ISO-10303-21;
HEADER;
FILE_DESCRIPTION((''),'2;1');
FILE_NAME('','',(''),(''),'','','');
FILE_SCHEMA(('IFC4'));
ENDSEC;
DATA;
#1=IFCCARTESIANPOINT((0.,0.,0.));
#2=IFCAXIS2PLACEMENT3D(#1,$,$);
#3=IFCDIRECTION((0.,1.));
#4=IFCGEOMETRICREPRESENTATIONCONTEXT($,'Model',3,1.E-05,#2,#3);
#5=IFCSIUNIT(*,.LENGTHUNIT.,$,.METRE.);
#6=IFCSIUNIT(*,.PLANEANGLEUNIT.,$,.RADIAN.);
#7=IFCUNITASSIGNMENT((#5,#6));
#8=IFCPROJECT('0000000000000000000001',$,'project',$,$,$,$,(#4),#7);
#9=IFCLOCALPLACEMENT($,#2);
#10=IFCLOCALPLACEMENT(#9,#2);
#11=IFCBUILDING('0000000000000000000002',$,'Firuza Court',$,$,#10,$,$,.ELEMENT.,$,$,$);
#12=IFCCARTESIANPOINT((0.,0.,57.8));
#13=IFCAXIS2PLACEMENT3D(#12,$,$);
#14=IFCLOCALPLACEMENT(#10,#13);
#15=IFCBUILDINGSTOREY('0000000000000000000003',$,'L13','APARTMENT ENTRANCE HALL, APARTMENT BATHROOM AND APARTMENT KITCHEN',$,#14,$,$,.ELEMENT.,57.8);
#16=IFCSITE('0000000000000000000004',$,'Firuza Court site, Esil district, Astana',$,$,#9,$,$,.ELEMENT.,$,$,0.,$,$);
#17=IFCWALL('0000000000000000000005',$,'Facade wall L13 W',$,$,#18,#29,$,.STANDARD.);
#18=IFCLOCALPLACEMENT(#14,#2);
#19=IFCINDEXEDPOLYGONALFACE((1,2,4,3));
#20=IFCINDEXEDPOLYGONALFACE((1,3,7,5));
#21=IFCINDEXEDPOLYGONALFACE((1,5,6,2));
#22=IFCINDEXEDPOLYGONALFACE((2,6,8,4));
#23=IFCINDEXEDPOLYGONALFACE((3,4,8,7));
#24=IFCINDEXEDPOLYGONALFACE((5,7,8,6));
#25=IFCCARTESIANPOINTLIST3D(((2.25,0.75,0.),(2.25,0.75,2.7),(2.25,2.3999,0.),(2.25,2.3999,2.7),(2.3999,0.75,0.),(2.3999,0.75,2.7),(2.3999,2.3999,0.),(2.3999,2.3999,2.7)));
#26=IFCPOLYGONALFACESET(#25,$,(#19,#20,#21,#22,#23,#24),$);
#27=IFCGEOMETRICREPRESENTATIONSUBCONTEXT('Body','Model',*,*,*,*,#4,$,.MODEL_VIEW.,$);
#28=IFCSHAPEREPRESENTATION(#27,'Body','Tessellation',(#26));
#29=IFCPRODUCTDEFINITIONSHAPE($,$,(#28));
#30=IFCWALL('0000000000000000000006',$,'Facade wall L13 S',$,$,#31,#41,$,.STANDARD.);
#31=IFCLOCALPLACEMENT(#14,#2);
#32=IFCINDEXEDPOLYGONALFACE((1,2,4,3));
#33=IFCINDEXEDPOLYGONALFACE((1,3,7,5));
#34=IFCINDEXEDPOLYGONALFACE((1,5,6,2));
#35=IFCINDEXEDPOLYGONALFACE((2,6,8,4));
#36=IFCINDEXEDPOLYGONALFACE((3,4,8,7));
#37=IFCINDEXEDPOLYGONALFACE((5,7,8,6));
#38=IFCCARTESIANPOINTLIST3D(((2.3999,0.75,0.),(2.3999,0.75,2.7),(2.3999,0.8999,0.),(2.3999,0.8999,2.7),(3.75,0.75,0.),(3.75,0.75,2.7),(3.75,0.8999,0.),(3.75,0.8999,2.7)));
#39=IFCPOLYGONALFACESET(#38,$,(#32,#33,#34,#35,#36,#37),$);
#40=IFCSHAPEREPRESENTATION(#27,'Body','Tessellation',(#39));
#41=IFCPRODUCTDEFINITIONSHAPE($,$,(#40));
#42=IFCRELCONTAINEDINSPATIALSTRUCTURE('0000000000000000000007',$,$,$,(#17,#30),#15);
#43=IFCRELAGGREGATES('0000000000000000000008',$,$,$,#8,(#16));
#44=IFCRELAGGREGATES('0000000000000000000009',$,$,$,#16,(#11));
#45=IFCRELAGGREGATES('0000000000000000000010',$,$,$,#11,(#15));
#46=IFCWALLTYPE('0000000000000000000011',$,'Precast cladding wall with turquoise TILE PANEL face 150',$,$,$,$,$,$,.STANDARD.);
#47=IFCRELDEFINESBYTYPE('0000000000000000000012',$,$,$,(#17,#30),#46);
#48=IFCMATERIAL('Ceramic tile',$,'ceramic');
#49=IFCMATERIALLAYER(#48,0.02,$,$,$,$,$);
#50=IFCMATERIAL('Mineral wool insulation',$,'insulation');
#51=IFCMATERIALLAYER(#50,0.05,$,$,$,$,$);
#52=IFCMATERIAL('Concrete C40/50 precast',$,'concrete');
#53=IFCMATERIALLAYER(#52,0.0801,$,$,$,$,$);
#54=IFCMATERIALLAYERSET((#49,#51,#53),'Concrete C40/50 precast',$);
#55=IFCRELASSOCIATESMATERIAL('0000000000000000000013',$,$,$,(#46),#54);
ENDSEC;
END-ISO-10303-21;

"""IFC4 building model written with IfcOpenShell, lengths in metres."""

from ifc_helpers import new_model, si_unit, direction, frame, frame_2d, origin, place, context, subcontext, project, spatial, rectangle, extrude, material, layer, layer_set, type_object, element, save


model = new_model("IFC4")

# Units and contexts
model_context = context("Model", 3, precision=1e-05, world=origin(), true_north=direction((0.0, 1.0)))
body_context = subcontext(model_context, "Body", "Model", "MODEL_VIEW")
ifc_project = project(units=[si_unit("LENGTHUNIT", "METRE"), si_unit("PLANEANGLEUNIT", "RADIAN")], contexts=[model_context])

# Site, building, storey
site_placement = place(None, origin())
site = spatial("IfcSite", under=ifc_project, at=site_placement, Name="Firuza Court site, Esil district, Astana", CompositionType="ELEMENT", RefElevation=0.0)
building_placement = place(site_placement, origin())
building = spatial("IfcBuilding", under=site, at=building_placement, Name="Firuza Court", CompositionType="ELEMENT")
storey_placement = place(building_placement, frame((0.0, 0.0, 57.8)))
storey = spatial("IfcBuildingStorey", under=building, at=storey_placement, Name="L13", Description="APARTMENT ENTRANCE HALL, APARTMENT BATHROOM AND APARTMENT KITCHEN", CompositionType="ELEMENT", Elevation=57.8)

# Shared definitions
ifc_material_1 = material(Name="Concrete C40/50 precast", Category="concrete")

# Walls
ifc_material_2 = material(Name="Ceramic tile", Category="ceramic")
ifc_layer_1 = layer(ifc_material_2, 0.02)
ifc_material_3 = material(Name="Mineral wool insulation", Category="insulation")
ifc_layer_2 = layer(ifc_material_3, 0.05)
ifc_layer_3 = layer(ifc_material_1, 0.0801)
ifc_layer_set_1 = layer_set([ifc_layer_1, ifc_layer_2, ifc_layer_3], Name="Concrete C40/50 precast")
wall_type_1 = type_object("IfcWallType", Name="Precast cladding wall with turquoise TILE PANEL face 150", PredefinedType="STANDARD", material=ifc_layer_set_1)
wall_1_placement = place(storey_placement, frame((2.325, 2.3999, 0.0), z_axis=(0.0, 0.0, 1.0), x_axis=(0.0, -1.0, 0.0)))
element("IfcWall", 1, at=wall_1_placement, inside=storey, type_object=wall_type_1, Name="Facade wall L13 W", PredefinedType="STANDARD", context=body_context, shape_type="SweptSolid", body=[
    extrude(rectangle(XDim=1.6499, YDim=0.1499, at=frame_2d((0.825, 0.0))), origin(), (0.0, 0.0, 1.0), 2.7),
])
wall_2_placement = place(storey_placement, frame((2.3999, 0.825, 0.0), z_axis=(0.0, 0.0, 1.0), x_axis=(1.0, 0.0, 0.0)))
element("IfcWall", 2, at=wall_2_placement, inside=storey, type_object=wall_type_1, Name="Facade wall L13 S", PredefinedType="STANDARD", context=body_context, shape_type="SweptSolid", body=[
    extrude(rectangle(XDim=1.3501, YDim=0.1499, at=frame_2d((0.675, 0.0))), origin(), (0.0, 0.0, 1.0), 2.7),
])

save(model, "model.ifc")
